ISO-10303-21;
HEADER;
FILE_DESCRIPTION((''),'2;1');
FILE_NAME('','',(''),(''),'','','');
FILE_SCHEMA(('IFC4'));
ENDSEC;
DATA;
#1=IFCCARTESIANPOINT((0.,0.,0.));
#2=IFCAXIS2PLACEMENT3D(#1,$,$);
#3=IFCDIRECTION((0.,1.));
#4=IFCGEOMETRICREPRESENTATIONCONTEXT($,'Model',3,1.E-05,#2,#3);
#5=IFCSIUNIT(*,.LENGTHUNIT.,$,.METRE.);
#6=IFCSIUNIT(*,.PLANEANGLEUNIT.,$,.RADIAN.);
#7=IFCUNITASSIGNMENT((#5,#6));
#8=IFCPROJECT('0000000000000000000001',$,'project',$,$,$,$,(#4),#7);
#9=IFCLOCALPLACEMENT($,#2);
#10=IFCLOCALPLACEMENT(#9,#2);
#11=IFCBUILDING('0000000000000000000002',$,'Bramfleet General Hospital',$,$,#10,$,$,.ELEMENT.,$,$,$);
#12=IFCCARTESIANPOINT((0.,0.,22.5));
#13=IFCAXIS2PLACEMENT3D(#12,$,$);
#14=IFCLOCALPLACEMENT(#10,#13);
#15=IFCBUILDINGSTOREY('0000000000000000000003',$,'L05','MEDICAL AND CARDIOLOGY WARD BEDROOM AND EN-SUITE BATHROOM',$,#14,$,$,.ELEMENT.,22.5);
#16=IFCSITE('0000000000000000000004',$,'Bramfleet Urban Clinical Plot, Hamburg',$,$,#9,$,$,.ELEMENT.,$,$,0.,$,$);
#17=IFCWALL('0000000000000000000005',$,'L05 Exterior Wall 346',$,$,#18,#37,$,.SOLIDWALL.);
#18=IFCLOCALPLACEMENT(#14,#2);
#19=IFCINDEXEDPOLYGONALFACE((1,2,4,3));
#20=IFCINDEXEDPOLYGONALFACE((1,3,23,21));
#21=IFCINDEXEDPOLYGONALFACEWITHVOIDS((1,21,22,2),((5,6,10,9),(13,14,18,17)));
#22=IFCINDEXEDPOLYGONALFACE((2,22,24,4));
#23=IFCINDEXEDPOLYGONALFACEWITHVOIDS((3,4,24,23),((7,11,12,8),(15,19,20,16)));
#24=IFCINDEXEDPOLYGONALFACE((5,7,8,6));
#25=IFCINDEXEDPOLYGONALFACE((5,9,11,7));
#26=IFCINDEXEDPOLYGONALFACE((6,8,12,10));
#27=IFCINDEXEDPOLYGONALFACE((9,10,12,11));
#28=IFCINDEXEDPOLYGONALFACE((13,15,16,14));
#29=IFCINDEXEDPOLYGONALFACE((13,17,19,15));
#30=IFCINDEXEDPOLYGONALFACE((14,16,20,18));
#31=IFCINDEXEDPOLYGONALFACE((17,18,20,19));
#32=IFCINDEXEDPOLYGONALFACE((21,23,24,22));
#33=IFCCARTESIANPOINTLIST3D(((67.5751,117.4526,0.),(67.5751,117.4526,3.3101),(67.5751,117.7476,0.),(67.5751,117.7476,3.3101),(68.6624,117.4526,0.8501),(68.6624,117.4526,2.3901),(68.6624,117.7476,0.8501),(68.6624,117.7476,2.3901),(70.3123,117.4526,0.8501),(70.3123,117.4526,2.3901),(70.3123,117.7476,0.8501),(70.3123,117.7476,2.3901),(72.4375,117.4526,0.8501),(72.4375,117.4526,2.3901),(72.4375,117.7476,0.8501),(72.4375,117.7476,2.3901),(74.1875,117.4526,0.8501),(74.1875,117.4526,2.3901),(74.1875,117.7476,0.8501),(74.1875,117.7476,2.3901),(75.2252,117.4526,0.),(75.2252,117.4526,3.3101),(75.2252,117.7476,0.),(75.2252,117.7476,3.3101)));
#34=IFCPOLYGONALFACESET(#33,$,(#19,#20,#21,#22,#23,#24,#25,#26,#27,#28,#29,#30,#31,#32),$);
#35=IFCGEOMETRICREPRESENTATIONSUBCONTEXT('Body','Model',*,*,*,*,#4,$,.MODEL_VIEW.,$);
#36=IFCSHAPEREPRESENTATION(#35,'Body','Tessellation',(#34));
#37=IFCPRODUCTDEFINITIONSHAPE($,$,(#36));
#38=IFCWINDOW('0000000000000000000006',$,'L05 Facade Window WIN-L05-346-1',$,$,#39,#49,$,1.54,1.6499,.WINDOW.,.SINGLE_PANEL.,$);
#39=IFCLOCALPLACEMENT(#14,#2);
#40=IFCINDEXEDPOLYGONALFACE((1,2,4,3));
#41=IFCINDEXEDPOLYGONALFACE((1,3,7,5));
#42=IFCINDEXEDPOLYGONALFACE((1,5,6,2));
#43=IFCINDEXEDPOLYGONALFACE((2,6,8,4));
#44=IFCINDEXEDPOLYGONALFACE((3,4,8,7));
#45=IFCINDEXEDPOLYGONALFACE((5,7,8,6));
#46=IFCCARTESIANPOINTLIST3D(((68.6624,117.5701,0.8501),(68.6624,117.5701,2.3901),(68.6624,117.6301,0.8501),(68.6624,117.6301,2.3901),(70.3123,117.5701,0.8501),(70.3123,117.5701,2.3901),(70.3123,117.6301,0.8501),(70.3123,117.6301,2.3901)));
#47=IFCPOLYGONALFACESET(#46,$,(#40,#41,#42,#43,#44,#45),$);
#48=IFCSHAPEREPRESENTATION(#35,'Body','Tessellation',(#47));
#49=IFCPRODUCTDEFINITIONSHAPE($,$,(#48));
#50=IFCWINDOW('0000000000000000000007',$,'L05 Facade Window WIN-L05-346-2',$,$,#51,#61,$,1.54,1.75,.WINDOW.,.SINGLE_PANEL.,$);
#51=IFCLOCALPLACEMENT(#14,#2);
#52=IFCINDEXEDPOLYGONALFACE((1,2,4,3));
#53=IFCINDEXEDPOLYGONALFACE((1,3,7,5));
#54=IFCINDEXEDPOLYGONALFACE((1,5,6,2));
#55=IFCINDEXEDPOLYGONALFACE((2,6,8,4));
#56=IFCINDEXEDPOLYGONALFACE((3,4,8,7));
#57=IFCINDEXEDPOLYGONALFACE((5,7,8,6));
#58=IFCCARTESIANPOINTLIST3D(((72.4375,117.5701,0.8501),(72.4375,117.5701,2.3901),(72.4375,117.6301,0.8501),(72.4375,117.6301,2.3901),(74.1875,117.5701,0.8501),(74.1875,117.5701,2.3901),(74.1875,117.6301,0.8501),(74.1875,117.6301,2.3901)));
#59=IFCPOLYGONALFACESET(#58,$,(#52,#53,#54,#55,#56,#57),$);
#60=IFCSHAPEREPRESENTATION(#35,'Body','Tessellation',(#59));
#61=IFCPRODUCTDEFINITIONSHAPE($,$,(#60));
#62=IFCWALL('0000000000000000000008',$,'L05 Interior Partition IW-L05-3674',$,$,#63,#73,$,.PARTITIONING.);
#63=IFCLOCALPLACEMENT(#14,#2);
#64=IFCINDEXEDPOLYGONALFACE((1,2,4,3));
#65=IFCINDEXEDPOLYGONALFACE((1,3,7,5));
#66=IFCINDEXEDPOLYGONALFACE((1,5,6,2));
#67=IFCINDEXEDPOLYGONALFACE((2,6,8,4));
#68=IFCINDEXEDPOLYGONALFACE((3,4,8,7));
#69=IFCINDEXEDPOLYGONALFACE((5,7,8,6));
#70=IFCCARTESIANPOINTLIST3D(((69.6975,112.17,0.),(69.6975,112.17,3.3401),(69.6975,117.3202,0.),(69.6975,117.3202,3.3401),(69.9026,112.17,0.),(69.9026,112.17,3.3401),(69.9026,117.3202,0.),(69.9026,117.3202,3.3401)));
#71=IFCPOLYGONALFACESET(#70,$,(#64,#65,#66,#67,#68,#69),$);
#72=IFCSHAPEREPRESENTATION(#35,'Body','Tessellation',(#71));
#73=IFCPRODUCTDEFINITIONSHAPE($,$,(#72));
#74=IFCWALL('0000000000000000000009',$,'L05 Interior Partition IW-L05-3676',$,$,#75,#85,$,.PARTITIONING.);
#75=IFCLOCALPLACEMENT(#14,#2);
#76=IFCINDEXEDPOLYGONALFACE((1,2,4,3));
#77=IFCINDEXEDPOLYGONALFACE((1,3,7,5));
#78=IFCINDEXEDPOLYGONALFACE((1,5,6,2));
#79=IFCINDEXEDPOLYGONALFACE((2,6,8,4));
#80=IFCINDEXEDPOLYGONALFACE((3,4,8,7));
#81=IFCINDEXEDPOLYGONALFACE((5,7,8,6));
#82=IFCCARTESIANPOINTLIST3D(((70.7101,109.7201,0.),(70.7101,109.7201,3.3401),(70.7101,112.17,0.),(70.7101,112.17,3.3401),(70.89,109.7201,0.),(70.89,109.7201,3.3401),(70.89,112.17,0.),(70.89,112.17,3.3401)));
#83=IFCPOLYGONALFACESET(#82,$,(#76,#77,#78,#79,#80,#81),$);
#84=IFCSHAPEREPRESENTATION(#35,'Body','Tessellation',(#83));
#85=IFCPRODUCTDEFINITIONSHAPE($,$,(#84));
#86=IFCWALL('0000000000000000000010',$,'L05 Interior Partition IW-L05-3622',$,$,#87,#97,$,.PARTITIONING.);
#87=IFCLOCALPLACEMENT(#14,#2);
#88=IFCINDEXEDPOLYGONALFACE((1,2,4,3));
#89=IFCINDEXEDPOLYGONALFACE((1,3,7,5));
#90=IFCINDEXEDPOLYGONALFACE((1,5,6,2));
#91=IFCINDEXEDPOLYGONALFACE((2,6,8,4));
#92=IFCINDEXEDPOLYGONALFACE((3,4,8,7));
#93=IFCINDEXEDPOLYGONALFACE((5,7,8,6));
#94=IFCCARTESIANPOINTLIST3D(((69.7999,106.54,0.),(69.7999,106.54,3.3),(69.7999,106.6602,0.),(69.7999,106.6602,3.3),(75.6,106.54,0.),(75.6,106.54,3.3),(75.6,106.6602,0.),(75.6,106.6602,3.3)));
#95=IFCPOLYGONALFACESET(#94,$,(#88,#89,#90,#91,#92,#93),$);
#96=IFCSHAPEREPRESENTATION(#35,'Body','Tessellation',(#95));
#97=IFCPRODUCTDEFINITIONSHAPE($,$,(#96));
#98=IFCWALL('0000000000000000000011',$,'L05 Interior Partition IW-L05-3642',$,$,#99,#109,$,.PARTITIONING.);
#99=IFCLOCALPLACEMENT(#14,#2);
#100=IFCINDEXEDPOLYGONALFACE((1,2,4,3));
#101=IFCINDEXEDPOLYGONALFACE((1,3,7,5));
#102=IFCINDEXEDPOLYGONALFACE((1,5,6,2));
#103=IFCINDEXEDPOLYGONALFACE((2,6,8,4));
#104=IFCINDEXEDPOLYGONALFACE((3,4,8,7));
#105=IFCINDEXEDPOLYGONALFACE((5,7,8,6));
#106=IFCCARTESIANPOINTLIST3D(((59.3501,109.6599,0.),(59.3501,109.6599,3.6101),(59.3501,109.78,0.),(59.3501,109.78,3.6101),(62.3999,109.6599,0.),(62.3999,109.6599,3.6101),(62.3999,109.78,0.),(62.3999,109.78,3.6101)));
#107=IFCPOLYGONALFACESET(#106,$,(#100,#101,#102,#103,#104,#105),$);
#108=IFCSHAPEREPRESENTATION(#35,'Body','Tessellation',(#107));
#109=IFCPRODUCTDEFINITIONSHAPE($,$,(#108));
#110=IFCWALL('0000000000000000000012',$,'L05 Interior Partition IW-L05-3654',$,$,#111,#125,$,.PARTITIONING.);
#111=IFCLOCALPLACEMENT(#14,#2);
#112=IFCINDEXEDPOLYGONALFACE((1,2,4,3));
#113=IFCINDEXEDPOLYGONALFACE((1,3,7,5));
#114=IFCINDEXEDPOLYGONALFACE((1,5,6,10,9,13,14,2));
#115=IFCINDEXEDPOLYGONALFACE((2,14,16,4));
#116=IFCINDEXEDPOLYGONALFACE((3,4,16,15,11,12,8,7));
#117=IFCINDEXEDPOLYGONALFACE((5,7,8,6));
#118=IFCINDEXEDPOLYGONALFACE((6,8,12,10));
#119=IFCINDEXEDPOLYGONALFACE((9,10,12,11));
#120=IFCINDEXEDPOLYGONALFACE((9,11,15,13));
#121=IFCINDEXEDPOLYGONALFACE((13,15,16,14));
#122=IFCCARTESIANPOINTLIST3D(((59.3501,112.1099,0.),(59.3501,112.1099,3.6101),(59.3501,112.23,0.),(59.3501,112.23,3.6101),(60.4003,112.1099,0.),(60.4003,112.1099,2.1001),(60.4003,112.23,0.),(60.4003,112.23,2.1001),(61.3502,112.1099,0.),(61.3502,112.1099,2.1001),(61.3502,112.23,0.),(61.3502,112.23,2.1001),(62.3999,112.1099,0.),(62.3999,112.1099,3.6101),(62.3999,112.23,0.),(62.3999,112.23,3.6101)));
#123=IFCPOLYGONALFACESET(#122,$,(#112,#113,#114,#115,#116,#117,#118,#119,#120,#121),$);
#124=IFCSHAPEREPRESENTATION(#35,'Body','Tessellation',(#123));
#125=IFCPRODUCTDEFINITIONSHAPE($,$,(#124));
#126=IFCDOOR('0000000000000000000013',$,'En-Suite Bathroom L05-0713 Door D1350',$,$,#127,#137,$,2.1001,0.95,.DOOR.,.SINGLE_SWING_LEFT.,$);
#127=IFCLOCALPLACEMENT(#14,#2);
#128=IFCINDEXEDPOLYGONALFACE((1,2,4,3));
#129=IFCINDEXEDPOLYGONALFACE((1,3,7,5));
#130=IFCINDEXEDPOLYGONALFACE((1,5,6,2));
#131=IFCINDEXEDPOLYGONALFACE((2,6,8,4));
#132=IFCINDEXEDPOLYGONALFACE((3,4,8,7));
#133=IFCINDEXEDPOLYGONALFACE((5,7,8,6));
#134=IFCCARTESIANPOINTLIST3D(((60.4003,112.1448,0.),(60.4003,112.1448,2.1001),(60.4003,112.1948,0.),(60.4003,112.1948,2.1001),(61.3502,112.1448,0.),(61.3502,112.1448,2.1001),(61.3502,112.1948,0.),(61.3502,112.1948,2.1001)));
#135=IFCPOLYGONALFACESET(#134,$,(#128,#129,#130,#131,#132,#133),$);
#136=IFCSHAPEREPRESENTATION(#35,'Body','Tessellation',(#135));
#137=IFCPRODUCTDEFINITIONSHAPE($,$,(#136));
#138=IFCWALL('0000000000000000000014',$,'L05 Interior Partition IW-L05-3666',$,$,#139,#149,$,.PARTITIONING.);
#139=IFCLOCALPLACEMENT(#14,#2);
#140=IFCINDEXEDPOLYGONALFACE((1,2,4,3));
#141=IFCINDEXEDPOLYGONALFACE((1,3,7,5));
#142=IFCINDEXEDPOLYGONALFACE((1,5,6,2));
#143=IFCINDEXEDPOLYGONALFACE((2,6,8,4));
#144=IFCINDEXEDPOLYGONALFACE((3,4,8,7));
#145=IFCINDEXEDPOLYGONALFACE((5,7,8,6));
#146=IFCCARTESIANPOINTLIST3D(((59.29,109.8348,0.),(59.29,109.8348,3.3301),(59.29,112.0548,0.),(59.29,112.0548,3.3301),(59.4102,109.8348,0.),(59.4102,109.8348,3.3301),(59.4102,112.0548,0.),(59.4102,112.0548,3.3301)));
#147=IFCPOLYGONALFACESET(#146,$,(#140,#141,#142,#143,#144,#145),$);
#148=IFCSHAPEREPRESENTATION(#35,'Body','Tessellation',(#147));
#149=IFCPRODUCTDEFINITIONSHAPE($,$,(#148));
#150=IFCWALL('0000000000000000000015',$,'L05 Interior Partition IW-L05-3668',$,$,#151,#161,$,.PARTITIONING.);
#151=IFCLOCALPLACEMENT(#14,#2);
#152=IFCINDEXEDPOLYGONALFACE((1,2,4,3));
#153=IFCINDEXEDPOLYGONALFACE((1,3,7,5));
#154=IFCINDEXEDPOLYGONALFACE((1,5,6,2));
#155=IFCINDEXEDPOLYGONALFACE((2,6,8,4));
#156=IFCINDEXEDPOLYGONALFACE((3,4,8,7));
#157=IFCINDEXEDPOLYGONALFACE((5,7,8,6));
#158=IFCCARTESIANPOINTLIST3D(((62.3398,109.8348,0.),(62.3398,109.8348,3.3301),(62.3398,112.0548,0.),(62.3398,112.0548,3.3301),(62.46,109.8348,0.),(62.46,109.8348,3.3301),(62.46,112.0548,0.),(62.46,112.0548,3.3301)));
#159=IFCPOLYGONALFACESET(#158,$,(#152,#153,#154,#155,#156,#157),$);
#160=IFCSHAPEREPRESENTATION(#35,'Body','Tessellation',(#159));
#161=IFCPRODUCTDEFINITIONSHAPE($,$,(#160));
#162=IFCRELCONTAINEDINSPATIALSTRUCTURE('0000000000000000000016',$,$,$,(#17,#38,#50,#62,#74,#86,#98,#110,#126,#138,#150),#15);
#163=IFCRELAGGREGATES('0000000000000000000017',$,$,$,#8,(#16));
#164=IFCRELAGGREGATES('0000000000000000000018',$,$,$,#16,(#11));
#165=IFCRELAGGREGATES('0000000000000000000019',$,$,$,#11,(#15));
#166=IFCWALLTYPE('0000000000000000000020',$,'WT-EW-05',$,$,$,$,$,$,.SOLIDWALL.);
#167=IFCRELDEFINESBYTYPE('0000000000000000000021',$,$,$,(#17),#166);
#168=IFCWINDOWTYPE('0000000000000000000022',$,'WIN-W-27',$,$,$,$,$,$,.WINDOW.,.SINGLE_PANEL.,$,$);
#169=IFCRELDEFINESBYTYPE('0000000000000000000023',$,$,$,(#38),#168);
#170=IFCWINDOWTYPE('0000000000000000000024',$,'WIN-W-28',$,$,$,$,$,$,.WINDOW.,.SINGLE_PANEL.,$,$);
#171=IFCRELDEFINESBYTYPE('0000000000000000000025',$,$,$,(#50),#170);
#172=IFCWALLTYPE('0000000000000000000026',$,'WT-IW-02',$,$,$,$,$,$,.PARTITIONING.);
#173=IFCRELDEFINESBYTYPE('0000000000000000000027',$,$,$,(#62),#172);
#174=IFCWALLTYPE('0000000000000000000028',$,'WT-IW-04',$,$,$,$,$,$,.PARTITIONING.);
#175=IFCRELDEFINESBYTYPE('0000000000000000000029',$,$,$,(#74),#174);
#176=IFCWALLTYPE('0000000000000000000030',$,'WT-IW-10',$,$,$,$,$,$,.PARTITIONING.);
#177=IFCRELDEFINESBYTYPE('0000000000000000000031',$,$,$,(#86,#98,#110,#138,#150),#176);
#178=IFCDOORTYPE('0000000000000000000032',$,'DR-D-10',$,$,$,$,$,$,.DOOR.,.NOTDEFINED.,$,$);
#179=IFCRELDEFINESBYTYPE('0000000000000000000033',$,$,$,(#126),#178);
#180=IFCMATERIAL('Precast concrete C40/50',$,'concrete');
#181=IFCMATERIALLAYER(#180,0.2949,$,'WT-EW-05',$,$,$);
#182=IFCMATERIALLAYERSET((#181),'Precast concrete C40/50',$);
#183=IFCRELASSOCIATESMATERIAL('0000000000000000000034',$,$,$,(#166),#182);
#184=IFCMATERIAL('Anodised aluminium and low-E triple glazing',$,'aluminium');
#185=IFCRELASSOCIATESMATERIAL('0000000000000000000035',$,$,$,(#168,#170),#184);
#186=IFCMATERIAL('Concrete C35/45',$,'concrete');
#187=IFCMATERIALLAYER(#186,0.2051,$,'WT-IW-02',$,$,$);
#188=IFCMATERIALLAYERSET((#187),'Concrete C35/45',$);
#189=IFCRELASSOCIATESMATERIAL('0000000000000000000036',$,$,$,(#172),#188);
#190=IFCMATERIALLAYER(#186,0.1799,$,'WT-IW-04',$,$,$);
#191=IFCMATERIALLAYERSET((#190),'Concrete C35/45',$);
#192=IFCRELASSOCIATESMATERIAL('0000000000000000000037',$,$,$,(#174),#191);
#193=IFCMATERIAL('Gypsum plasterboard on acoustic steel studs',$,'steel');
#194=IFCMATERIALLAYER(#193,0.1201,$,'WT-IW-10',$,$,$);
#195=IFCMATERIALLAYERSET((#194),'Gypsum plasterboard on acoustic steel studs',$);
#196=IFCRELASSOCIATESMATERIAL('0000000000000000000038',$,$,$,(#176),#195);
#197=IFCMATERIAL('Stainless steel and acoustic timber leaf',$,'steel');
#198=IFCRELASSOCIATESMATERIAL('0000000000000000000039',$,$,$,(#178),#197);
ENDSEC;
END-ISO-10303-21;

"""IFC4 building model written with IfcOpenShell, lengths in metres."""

from ifc_helpers import new_model, si_unit, direction, frame, frame_2d, origin, place, context, subcontext, project, spatial, rectangle, extrude, material, layer, layer_set, type_object, element, fill, save


model = new_model("IFC4")

# Units and contexts
model_context = context("Model", 3, precision=1e-05, world=origin(), true_north=direction((0.0, 1.0)))
body_context = subcontext(model_context, "Body", "Model", "MODEL_VIEW")
ifc_project = project(units=[si_unit("LENGTHUNIT", "METRE"), si_unit("PLANEANGLEUNIT", "RADIAN")], contexts=[model_context])

# Site, building, storey
site_placement = place(None, origin())
site = spatial("IfcSite", under=ifc_project, at=site_placement, Name="Bramfleet Urban Clinical Plot, Hamburg", CompositionType="ELEMENT", RefElevation=0.0)
building_placement = place(site_placement, origin())
building = spatial("IfcBuilding", under=site, at=building_placement, Name="Bramfleet General Hospital", CompositionType="ELEMENT")
storey_placement = place(building_placement, frame((0.0, 0.0, 22.5)))
storey = spatial("IfcBuildingStorey", under=building, at=storey_placement, Name="L05", Description="MEDICAL AND CARDIOLOGY WARD BEDROOM AND EN-SUITE BATHROOM", CompositionType="ELEMENT", Elevation=22.5)

# Wall, openings, windows
ifc_material_1 = material(Name="Precast concrete C40/50", Category="concrete")
ifc_material_2 = material(Name="Anodised aluminium and low-E triple glazing", Category="aluminium")
ifc_layer_1 = layer(ifc_material_1, 0.2949, Name="WT-EW-05")
ifc_layer_set_1 = layer_set([ifc_layer_1], Name="Precast concrete C40/50")
wall_type_1 = type_object("IfcWallType", Name="WT-EW-05", PredefinedType="SOLIDWALL", material=ifc_layer_set_1)
wall_1_placement = place(storey_placement, frame((67.575, 117.6001, 0.0), z_axis=(0.0, 0.0, 1.0), x_axis=(1.0, 0.0, 0.0)))
wall_1 = element("IfcWall", 1, at=wall_1_placement, inside=storey, type_object=wall_type_1, Name="L05 Exterior Wall 346", PredefinedType="SOLIDWALL", context=body_context, shape_type="SweptSolid", body=[
    extrude(rectangle(XDim=7.6501, YDim=0.2949, at=frame_2d((3.8252, 0.0))), origin(), (0.0, 0.0, 1.0), 3.3101),
])
opening_1_placement = place(wall_1_placement, frame((1.0874, 0.0, 0.8501)))
opening_1 = element("IfcOpeningElement", 2, at=opening_1_placement, cuts=wall_1, PredefinedType="OPENING", context=body_context, shape_type="SweptSolid", body=[
    extrude(rectangle(XDim=1.6499, YDim=1.54, at=frame_2d((0.825, 0.77))), frame((0.0, 0.1575, 0.0), z_axis=(0.0, -1.0, 0.0), x_axis=(1.0, 0.0, 0.0)), (0.0, 0.0, 1.0), 0.3149),
])
opening_2_placement = place(wall_1_placement, frame((4.8625, 0.0, 0.8501)))
opening_2 = element("IfcOpeningElement", 3, at=opening_2_placement, cuts=wall_1, PredefinedType="OPENING", context=body_context, shape_type="SweptSolid", body=[
    extrude(rectangle(XDim=1.75, YDim=1.54, at=frame_2d((0.875, 0.77))), frame((0.0, 0.1575, 0.0), z_axis=(0.0, -1.0, 0.0), x_axis=(1.0, 0.0, 0.0)), (0.0, 0.0, 1.0), 0.3149),
])
window_type_1 = type_object("IfcWindowType", Name="WIN-W-27", PartitioningType="SINGLE_PANEL", PredefinedType="WINDOW", material=ifc_material_2)
window_1_placement = place(opening_1_placement, origin())
window_1 = element("IfcWindow", 4, at=window_1_placement, inside=storey, type_object=window_type_1, Name="L05 Facade Window WIN-L05-346-1", OverallHeight=1.54, OverallWidth=1.6499, PartitioningType="SINGLE_PANEL", PredefinedType="WINDOW", context=body_context, shape_type="SweptSolid", body=[
    extrude(rectangle(XDim=1.6499, YDim=1.54, at=frame_2d((0.825, 0.77))), frame((0.0, 0.03, 0.0), z_axis=(0.0, -1.0, 0.0), x_axis=(1.0, 0.0, 0.0)), (0.0, 0.0, 1.0), 0.0601),
])
fill(opening_1, window_1)
window_type_2 = type_object("IfcWindowType", Name="WIN-W-28", PartitioningType="SINGLE_PANEL", PredefinedType="WINDOW", material=ifc_material_2)
window_2_placement = place(opening_2_placement, origin())
window_2 = element("IfcWindow", 5, at=window_2_placement, inside=storey, type_object=window_type_2, Name="L05 Facade Window WIN-L05-346-2", OverallHeight=1.54, OverallWidth=1.75, PartitioningType="SINGLE_PANEL", PredefinedType="WINDOW", context=body_context, shape_type="SweptSolid", body=[
    extrude(rectangle(XDim=1.75, YDim=1.54, at=frame_2d((0.875, 0.77))), frame((0.0, 0.03, 0.0), z_axis=(0.0, -1.0, 0.0), x_axis=(1.0, 0.0, 0.0)), (0.0, 0.0, 1.0), 0.0601),
])
fill(opening_2, window_2)

# Walls
ifc_material_3 = material(Name="Concrete C35/45", Category="concrete")
ifc_layer_2 = layer(ifc_material_3, 0.2051, Name="WT-IW-02")
ifc_layer_set_2 = layer_set([ifc_layer_2], Name="Concrete C35/45")
wall_type_2 = type_object("IfcWallType", Name="WT-IW-02", PredefinedType="PARTITIONING", material=ifc_layer_set_2)
wall_2_placement = place(storey_placement, frame((69.8, 112.1699, 0.0), z_axis=(0.0, 0.0, 1.0), x_axis=(0.0, 1.0, 0.0)))
element("IfcWall", 6, at=wall_2_placement, inside=storey, type_object=wall_type_2, Name="L05 Interior Partition IW-L05-3674", PredefinedType="PARTITIONING", context=body_context, shape_type="SweptSolid", body=[
    extrude(rectangle(XDim=5.1501, YDim=0.2051, at=frame_2d((2.5752, 0.0))), origin(), (0.0, 0.0, 1.0), 3.3401),
])
ifc_layer_3 = layer(ifc_material_3, 0.1799, Name="WT-IW-04")
ifc_layer_set_3 = layer_set([ifc_layer_3], Name="Concrete C35/45")
wall_type_3 = type_object("IfcWallType", Name="WT-IW-04", PredefinedType="PARTITIONING", material=ifc_layer_set_3)
wall_3_placement = place(storey_placement, frame((70.8, 109.72, 0.0), z_axis=(0.0, 0.0, 1.0), x_axis=(0.0, 1.0, 0.0)))
element("IfcWall", 7, at=wall_3_placement, inside=storey, type_object=wall_type_3, Name="L05 Interior Partition IW-L05-3676", PredefinedType="PARTITIONING", context=body_context, shape_type="SweptSolid", body=[
    extrude(rectangle(XDim=2.45, YDim=0.1799, at=frame_2d((1.2251, 0.0))), origin(), (0.0, 0.0, 1.0), 3.3401),
])
ifc_material_4 = material(Name="Gypsum plasterboard on acoustic steel studs", Category="steel")
ifc_layer_4 = layer(ifc_material_4, 0.1201, Name="WT-IW-10")
ifc_layer_set_4 = layer_set([ifc_layer_4], Name="Gypsum plasterboard on acoustic steel studs")
wall_type_4 = type_object("IfcWallType", Name="WT-IW-10", PredefinedType="PARTITIONING", material=ifc_layer_set_4)
wall_4_placement = place(storey_placement, frame((69.8, 106.6001, 0.0), z_axis=(0.0, 0.0, 1.0), x_axis=(1.0, 0.0, 0.0)))
element("IfcWall", 8, at=wall_4_placement, inside=storey, type_object=wall_type_4, Name="L05 Interior Partition IW-L05-3622", PredefinedType="PARTITIONING", context=body_context, shape_type="SweptSolid", body=[
    extrude(rectangle(XDim=5.8, YDim=0.1201, at=frame_2d((2.8999, 0.0))), origin(), (0.0, 0.0, 1.0), 3.3),
])
wall_5_placement = place(storey_placement, frame((59.3501, 109.72, 0.0), z_axis=(0.0, 0.0, 1.0), x_axis=(1.0, 0.0, 0.0)))
element("IfcWall", 9, at=wall_5_placement, inside=storey, type_object=wall_type_4, Name="L05 Interior Partition IW-L05-3642", PredefinedType="PARTITIONING", context=body_context, shape_type="SweptSolid", body=[
    extrude(rectangle(XDim=3.0498, YDim=0.1201, at=frame_2d((1.5249, 0.0))), origin(), (0.0, 0.0, 1.0), 3.6101),
])

# Wall, opening, door
wall_6_placement = place(storey_placement, frame((59.3501, 112.1699, 0.0), z_axis=(0.0, 0.0, 1.0), x_axis=(1.0, 0.0, 0.0)))
wall_6 = element("IfcWall", 10, at=wall_6_placement, inside=storey, type_object=wall_type_4, Name="L05 Interior Partition IW-L05-3654", PredefinedType="PARTITIONING", context=body_context, shape_type="SweptSolid", body=[
    extrude(rectangle(XDim=3.0498, YDim=0.1201, at=frame_2d((1.5249, 0.0))), origin(), (0.0, 0.0, 1.0), 3.6101),
])
opening_3_placement = place(wall_6_placement, frame((1.05, 0.0, 0.0)))
opening_3 = element("IfcOpeningElement", 11, at=opening_3_placement, cuts=wall_6, PredefinedType="OPENING", context=body_context, shape_type="SweptSolid", body=[
    extrude(rectangle(XDim=0.95, YDim=2.1001, at=frame_2d((0.4751, 1.05))), frame((0.0, 0.0701, 0.0), z_axis=(0.0, -1.0, 0.0), x_axis=(1.0, 0.0, 0.0)), (0.0, 0.0, 1.0), 0.1401),
])
ifc_material_5 = material(Name="Stainless steel and acoustic timber leaf", Category="steel")
door_type_1 = type_object("IfcDoorType", Name="DR-D-10", OperationType="NOTDEFINED", PredefinedType="DOOR", material=ifc_material_5)
door_1_placement = place(opening_3_placement, origin())
door_1 = element("IfcDoor", 12, at=door_1_placement, inside=storey, type_object=door_type_1, Name="En-Suite Bathroom L05-0713 Door D1350", OperationType="SINGLE_SWING_LEFT", OverallHeight=2.1001, OverallWidth=0.95, PredefinedType="DOOR", context=body_context, shape_type="SweptSolid", body=[
    extrude(rectangle(XDim=0.95, YDim=2.1001, at=frame_2d((0.4751, 1.05))), frame((0.0, 0.0249, 0.0), z_axis=(0.0, -1.0, 0.0), x_axis=(1.0, 0.0, 0.0)), (0.0, 0.0, 1.0), 0.05),
])
fill(opening_3, door_1)

# Walls
for number, where, z_axis, x_axis, name in (
    (13, (59.3501, 109.835, 0.0), (0.0, 0.0, 1.0), (0.0, 1.0, 0.0), "L05 Interior Partition IW-L05-3666"),
    (14, (62.3999, 109.835, 0.0), (0.0, 0.0, 1.0), (0.0, 1.0, 0.0), "L05 Interior Partition IW-L05-3668"),
):
    element("IfcWall", number, at=place(storey_placement, frame(where, z_axis=z_axis, x_axis=x_axis)), inside=storey, type_object=wall_type_4, Name=name, PredefinedType="PARTITIONING", context=body_context, shape_type="SweptSolid", body=[
        extrude(rectangle(XDim=2.22, YDim=0.1201, at=frame_2d((1.1099, 0.0))), origin(), (0.0, 0.0, 1.0), 3.3301),
    ])

save(model, "model.ifc")
